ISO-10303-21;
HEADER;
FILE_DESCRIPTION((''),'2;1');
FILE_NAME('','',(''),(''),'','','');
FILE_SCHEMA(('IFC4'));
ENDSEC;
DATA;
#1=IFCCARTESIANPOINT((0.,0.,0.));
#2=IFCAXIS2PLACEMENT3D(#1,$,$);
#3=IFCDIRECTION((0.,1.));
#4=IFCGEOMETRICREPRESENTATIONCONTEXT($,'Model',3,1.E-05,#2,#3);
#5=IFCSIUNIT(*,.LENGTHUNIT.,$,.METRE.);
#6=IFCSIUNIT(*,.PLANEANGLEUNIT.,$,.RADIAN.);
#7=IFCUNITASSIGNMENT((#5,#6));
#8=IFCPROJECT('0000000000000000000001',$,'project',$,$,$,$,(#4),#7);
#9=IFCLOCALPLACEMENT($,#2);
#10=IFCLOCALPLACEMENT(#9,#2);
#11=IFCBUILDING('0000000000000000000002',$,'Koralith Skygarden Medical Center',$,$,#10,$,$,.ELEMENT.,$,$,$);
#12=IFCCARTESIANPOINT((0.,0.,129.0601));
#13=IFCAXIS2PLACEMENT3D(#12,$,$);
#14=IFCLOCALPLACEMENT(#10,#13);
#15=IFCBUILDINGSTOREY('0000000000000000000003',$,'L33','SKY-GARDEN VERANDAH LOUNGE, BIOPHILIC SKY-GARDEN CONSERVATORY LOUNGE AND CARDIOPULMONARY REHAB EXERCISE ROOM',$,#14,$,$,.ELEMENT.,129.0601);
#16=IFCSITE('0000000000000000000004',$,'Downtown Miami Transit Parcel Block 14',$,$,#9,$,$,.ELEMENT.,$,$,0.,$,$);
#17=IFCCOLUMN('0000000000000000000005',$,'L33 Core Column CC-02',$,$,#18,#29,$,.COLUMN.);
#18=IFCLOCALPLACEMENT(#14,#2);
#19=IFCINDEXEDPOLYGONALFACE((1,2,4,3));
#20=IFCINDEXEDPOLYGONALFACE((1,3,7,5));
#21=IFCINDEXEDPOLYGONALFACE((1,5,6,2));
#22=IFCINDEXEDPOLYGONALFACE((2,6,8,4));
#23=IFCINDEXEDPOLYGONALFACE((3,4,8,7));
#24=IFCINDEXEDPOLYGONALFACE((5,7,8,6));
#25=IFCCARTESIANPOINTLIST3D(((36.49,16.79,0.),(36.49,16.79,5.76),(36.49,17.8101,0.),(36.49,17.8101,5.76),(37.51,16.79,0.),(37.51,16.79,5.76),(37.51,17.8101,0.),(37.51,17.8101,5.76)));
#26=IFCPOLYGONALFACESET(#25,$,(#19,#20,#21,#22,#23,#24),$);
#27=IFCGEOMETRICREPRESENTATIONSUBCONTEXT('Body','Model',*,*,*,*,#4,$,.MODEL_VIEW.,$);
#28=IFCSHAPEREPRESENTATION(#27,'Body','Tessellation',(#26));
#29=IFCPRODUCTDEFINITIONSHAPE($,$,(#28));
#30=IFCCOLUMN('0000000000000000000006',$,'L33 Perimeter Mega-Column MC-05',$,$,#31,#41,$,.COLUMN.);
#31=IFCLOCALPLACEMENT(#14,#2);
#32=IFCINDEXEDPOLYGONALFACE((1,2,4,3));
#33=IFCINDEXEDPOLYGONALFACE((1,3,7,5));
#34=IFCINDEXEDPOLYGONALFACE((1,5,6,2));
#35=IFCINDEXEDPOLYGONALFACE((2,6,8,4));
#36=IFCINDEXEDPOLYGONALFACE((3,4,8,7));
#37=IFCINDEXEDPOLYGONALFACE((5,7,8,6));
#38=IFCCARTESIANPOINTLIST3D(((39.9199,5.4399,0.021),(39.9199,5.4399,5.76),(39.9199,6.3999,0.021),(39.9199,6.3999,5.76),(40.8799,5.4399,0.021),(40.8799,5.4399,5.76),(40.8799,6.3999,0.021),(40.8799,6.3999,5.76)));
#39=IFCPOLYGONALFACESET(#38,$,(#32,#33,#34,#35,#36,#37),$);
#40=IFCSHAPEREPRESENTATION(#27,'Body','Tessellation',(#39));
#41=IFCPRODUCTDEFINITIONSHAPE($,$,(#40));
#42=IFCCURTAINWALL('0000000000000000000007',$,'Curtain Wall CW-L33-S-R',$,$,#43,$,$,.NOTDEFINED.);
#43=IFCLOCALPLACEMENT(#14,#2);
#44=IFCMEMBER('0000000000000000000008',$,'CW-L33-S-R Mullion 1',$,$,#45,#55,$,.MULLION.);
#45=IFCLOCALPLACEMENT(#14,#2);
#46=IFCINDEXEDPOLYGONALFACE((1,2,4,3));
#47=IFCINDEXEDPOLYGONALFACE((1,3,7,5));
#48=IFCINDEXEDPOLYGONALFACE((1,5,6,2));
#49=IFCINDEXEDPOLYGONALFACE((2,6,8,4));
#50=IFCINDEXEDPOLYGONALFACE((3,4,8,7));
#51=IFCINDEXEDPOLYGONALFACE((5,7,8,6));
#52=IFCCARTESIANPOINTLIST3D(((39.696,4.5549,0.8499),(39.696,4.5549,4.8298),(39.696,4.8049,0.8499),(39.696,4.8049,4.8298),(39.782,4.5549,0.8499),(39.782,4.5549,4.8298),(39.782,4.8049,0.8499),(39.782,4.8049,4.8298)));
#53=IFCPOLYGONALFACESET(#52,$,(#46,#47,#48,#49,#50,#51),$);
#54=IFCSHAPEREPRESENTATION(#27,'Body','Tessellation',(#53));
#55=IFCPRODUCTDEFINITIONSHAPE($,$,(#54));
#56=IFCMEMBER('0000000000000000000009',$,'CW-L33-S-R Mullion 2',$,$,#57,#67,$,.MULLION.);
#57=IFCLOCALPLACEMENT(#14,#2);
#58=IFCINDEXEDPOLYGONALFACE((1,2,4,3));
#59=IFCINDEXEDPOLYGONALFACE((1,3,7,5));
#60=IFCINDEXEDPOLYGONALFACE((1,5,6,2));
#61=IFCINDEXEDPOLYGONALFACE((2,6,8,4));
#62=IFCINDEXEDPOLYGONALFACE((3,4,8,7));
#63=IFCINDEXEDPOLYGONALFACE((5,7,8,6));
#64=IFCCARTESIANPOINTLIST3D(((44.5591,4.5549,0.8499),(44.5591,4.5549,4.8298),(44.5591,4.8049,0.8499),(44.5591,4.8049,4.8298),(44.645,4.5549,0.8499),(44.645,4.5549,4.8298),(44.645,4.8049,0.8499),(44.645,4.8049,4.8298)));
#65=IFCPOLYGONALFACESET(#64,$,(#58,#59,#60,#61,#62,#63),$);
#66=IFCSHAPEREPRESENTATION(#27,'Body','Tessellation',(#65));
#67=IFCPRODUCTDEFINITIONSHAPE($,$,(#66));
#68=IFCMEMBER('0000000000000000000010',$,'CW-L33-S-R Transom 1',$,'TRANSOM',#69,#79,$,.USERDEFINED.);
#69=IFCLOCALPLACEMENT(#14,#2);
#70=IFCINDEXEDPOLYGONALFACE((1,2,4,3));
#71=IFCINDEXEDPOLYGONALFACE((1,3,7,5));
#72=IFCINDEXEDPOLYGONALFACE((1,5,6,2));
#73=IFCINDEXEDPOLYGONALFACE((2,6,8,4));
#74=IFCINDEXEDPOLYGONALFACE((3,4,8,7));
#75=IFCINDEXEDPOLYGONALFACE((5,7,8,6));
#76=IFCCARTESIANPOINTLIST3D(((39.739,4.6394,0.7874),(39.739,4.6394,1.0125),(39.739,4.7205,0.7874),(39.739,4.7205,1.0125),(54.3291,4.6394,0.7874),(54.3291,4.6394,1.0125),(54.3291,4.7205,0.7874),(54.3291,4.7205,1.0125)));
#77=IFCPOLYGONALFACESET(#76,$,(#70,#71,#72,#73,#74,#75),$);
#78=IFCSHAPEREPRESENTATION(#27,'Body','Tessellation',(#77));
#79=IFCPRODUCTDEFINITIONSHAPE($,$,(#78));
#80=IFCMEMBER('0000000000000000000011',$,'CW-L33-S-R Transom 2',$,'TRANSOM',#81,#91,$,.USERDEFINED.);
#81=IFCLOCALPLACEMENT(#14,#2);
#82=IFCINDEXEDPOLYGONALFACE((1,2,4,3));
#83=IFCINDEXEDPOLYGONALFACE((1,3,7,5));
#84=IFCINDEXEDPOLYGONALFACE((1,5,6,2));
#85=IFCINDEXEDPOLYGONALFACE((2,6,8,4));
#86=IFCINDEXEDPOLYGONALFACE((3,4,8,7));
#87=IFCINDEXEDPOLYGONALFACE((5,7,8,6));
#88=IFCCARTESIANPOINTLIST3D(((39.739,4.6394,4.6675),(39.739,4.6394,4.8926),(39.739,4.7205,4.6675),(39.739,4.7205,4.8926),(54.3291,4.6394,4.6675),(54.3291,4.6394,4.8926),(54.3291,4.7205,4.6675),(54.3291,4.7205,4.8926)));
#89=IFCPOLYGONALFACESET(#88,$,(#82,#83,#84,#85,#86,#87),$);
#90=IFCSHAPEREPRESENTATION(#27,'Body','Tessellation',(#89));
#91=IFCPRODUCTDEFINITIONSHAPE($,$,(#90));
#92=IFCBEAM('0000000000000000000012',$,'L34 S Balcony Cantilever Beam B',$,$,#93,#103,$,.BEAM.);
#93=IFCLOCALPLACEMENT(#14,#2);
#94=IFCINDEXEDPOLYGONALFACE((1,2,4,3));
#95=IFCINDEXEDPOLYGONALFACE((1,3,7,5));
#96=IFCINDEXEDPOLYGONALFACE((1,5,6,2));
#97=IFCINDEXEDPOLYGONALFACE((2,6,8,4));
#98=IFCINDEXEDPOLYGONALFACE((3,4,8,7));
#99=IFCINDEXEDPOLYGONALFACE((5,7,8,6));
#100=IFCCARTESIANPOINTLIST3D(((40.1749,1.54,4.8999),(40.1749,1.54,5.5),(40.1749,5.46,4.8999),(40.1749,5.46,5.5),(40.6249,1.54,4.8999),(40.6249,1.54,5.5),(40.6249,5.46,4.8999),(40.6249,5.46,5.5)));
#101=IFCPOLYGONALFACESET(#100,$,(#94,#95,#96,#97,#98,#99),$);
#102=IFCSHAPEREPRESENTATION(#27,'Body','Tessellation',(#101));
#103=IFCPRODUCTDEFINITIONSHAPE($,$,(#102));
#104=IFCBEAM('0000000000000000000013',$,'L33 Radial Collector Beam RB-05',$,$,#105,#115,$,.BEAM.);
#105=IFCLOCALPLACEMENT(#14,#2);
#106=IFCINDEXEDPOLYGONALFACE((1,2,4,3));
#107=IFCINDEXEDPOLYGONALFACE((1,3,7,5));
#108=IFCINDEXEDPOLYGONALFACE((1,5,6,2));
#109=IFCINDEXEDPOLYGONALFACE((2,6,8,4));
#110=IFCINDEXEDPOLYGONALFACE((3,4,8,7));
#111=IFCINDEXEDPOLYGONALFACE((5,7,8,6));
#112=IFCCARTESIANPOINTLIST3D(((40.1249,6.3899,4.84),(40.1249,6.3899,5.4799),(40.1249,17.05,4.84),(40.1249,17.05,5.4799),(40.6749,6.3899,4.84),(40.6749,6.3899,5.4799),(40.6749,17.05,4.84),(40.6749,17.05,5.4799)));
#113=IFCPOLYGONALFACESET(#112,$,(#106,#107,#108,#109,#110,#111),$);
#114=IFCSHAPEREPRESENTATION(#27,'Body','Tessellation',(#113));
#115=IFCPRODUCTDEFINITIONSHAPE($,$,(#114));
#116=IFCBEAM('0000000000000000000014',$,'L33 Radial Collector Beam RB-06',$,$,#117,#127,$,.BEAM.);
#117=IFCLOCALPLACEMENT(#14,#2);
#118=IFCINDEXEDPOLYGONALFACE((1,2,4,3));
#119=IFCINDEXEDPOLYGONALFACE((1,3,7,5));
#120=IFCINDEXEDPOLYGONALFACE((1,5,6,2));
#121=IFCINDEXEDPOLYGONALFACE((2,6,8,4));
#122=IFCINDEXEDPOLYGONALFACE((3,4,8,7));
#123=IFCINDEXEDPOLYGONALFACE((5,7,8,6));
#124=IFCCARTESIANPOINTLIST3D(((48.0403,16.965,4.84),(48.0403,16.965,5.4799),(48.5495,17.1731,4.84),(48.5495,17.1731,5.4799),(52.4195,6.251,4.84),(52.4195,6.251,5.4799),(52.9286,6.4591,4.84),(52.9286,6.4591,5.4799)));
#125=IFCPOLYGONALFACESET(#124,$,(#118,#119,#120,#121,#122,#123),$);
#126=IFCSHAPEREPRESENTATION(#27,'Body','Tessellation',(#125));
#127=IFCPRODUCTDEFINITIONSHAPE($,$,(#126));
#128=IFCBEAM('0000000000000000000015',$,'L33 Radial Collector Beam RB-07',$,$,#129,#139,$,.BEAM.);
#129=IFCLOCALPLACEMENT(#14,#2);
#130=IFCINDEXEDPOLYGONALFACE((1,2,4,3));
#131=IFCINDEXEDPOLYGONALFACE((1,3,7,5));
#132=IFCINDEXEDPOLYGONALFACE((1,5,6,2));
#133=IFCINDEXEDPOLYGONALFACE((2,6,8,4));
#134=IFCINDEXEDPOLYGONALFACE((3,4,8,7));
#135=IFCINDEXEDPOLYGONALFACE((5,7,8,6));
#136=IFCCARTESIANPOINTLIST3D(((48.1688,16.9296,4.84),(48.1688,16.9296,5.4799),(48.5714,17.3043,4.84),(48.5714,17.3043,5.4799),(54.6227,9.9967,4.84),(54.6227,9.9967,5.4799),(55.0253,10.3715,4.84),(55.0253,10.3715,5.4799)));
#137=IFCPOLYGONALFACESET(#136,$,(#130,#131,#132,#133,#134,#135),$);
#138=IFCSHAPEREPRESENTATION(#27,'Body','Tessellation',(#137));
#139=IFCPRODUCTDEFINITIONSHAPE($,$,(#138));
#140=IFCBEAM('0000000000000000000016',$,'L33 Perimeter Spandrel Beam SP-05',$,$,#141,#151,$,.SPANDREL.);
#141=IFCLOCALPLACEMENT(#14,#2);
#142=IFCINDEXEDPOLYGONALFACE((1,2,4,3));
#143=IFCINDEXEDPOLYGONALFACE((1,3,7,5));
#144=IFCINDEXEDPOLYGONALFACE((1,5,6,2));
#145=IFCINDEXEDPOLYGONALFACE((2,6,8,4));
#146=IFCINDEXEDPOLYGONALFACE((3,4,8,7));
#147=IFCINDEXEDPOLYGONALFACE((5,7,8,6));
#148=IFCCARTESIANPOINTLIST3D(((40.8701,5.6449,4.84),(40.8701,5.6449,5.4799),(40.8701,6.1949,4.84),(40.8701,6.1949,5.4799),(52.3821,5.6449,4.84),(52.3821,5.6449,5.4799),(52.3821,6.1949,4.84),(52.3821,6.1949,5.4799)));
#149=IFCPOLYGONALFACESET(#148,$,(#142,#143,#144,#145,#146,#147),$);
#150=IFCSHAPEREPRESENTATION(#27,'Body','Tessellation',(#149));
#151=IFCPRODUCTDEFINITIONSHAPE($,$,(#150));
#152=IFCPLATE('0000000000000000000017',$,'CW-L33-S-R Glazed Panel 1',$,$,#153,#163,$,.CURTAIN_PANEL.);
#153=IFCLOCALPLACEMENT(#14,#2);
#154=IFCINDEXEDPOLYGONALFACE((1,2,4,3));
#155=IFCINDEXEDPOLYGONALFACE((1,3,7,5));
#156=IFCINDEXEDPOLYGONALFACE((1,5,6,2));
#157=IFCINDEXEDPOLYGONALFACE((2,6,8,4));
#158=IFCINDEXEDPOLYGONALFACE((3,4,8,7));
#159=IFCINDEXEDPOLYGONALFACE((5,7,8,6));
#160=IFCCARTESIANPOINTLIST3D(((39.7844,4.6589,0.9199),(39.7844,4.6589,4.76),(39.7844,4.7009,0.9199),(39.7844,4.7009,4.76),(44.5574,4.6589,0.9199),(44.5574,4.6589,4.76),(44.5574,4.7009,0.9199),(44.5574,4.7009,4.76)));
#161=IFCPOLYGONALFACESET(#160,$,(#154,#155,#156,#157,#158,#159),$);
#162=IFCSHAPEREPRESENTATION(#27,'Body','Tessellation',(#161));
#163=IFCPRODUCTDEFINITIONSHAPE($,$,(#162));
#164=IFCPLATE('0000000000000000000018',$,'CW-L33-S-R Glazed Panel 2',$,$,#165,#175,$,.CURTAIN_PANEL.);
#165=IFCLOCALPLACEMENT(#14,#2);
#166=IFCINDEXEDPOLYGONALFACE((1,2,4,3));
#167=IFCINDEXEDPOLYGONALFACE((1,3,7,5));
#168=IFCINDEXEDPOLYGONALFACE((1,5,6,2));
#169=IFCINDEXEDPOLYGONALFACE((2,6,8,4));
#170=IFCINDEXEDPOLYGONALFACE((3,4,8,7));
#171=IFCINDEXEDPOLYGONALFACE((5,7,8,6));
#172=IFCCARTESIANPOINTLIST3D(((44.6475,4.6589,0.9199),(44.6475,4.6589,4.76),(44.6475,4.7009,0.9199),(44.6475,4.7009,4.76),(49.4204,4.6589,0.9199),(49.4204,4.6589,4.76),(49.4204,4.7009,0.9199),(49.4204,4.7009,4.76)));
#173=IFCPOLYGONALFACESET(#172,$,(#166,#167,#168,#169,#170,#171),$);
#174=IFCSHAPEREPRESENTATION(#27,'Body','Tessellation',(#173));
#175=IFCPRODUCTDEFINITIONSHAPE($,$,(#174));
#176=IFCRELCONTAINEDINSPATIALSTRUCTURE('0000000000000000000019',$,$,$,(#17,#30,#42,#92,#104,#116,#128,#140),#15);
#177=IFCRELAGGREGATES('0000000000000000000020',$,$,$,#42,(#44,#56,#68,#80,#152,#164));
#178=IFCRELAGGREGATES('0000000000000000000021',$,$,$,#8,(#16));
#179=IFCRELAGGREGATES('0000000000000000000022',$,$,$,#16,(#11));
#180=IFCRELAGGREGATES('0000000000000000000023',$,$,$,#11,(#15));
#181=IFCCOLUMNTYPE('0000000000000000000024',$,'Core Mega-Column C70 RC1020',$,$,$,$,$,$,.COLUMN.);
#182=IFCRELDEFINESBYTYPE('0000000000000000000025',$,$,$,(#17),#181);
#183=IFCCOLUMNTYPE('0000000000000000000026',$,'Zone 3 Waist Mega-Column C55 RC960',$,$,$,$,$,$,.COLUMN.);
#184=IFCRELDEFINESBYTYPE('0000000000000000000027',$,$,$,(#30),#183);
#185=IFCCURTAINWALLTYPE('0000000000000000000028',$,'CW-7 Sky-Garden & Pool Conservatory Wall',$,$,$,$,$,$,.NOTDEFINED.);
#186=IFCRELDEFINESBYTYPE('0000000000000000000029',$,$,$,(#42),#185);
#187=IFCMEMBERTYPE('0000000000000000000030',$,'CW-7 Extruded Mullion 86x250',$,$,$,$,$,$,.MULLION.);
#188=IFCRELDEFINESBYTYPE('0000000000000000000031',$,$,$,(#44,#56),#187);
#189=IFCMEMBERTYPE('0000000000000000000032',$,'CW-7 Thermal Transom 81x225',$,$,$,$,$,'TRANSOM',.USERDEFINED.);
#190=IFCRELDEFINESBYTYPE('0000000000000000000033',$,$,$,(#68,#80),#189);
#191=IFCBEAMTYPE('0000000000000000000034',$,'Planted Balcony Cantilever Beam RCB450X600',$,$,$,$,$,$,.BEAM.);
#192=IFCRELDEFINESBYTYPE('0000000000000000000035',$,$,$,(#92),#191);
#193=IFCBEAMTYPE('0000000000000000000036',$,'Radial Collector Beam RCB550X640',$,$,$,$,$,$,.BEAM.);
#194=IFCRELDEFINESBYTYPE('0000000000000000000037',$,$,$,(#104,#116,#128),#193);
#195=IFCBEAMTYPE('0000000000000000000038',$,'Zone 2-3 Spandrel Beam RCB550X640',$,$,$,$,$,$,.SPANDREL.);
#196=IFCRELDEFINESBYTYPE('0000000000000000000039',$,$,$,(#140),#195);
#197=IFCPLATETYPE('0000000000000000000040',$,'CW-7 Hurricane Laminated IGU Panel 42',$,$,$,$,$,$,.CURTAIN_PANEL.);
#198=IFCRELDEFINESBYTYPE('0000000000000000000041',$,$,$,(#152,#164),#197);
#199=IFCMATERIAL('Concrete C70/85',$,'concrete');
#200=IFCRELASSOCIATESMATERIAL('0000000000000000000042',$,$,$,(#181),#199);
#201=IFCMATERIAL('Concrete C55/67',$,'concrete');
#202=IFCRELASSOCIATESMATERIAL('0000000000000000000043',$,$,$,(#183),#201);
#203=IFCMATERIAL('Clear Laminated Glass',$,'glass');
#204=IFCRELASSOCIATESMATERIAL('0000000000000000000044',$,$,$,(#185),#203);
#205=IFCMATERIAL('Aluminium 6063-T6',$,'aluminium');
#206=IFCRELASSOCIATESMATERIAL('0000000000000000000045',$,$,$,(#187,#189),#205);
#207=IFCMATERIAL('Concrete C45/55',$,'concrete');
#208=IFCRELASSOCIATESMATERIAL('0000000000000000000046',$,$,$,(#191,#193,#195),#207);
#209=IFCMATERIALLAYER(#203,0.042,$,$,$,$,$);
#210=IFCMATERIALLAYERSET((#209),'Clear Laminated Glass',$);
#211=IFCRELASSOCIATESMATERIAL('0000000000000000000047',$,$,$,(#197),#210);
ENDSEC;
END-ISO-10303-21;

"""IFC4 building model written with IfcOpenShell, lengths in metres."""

from ifc_helpers import new_model, si_unit, direction, frame, origin, origin_2d, place, context, subcontext, project, spatial, rectangle, extrude, material, layer, layer_set, material_profile, profile_set, type_object, element, aggregate, save


model = new_model("IFC4")

# Units and contexts
model_context = context("Model", 3, precision=1e-05, world=origin(), true_north=direction((0.0, 1.0)))
body_context = subcontext(model_context, "Body", "Model", "MODEL_VIEW")
ifc_project = project(units=[si_unit("LENGTHUNIT", "METRE"), si_unit("PLANEANGLEUNIT", "RADIAN")], contexts=[model_context])

# Site, building, storey
site_placement = place(None, origin())
site = spatial("IfcSite", under=ifc_project, at=site_placement, Name="Downtown Miami Transit Parcel Block 14", CompositionType="ELEMENT", RefElevation=0.0)
building_placement = place(site_placement, origin())
building = spatial("IfcBuilding", under=site, at=building_placement, Name="Koralith Skygarden Medical Center", CompositionType="ELEMENT")
storey_placement = place(building_placement, frame((0.0, 0.0, 129.0601)))
storey = spatial("IfcBuildingStorey", under=building, at=storey_placement, Name="L33", Description="SKY-GARDEN VERANDAH LOUNGE, BIOPHILIC SKY-GARDEN CONSERVATORY LOUNGE AND CARDIOPULMONARY REHAB EXERCISE ROOM", CompositionType="ELEMENT", Elevation=129.0601)

# Columns
ifc_material_1 = material(Name="Concrete C70/85", Category="concrete")
ifc_material_profile_1 = material_profile(ifc_material_1, rectangle(XDim=1.02, YDim=1.02, at=origin_2d()), Name="RC1020X1020")
ifc_profile_set_1 = profile_set([ifc_material_profile_1], Name="Concrete C70/85")
column_type_1 = type_object("IfcColumnType", Name="Core Mega-Column C70 RC1020", PredefinedType="COLUMN", material=ifc_profile_set_1)
column_1_placement = place(storey_placement, frame((37.0, 17.3, 0.0), z_axis=(0.0, 0.0, 1.0), x_axis=(1.0, 0.0, 0.0)))
element("IfcColumn", 1, at=column_1_placement, inside=storey, type_object=column_type_1, Name="L33 Core Column CC-02", PredefinedType="COLUMN", context=body_context, shape_type="SweptSolid", body=[
    extrude(rectangle(XDim=1.02, YDim=1.02, at=origin_2d()), origin(), (0.0, 0.0, 1.0), 5.76),
])
ifc_material_2 = material(Name="Concrete C55/67", Category="concrete")
ifc_material_profile_2 = material_profile(ifc_material_2, rectangle(XDim=0.96, YDim=0.96, at=origin_2d()), Name="RC960X960")
ifc_profile_set_2 = profile_set([ifc_material_profile_2], Name="Concrete C55/67")
column_type_2 = type_object("IfcColumnType", Name="Zone 3 Waist Mega-Column C55 RC960", PredefinedType="COLUMN", material=ifc_profile_set_2)
column_2_placement = place(storey_placement, frame((40.3999, 5.9199, 0.021), z_axis=(0.0, 0.0, 1.0), x_axis=(1.0, 0.0, 0.0)))
element("IfcColumn", 2, at=column_2_placement, inside=storey, type_object=column_type_2, Name="L33 Perimeter Mega-Column MC-05", PredefinedType="COLUMN", context=body_context, shape_type="SweptSolid", body=[
    extrude(rectangle(XDim=0.96, YDim=0.96, at=origin_2d()), origin(), (0.0, 0.0, 1.0), 5.739),
])

# Curtain wall, members
ifc_material_3 = material(Name="Clear Laminated Glass", Category="glass")
curtain_wall_type = type_object("IfcCurtainWallType", Name="CW-7 Sky-Garden & Pool Conservatory Wall", PredefinedType="NOTDEFINED", material=ifc_material_3)
curtain_wall_placement = place(storey_placement, origin())
curtain_wall = element("IfcCurtainWall", 3, at=curtain_wall_placement, inside=storey, type_object=curtain_wall_type, Name="Curtain Wall CW-L33-S-R", PredefinedType="NOTDEFINED")
ifc_material_4 = material(Name="Aluminium 6063-T6", Category="aluminium")
ifc_material_profile_3 = material_profile(ifc_material_4, rectangle(XDim=0.0859, YDim=0.25, at=origin_2d()), Name="MUL86X250")
ifc_profile_set_3 = profile_set([ifc_material_profile_3], Name="Aluminium 6063-T6")
member_type_1 = type_object("IfcMemberType", Name="CW-7 Extruded Mullion 86x250", PredefinedType="MULLION", material=ifc_profile_set_3)
member_1_placement = place(storey_placement, frame((39.739, 4.6799, 0.8499), z_axis=(0.0, 0.0, 1.0), x_axis=(1.0, 0.0, 0.0)))
member_1 = element("IfcMember", 4, at=member_1_placement, type_object=member_type_1, Name="CW-L33-S-R Mullion 1", PredefinedType="MULLION", context=body_context, shape_type="SweptSolid", body=[
    extrude(rectangle(XDim=0.0859, YDim=0.25, at=origin_2d()), origin(), (0.0, 0.0, 1.0), 3.98),
])
member_2_placement = place(storey_placement, frame((44.6021, 4.6799, 0.8499), z_axis=(0.0, 0.0, 1.0), x_axis=(1.0, 0.0, 0.0)))
member_2 = element("IfcMember", 5, at=member_2_placement, type_object=member_type_1, Name="CW-L33-S-R Mullion 2", PredefinedType="MULLION", context=body_context, shape_type="SweptSolid", body=[
    extrude(rectangle(XDim=0.0859, YDim=0.25, at=origin_2d()), origin(), (0.0, 0.0, 1.0), 3.98),
])
ifc_material_profile_4 = material_profile(ifc_material_4, rectangle(XDim=0.0811, YDim=0.2251, at=origin_2d()), Name="TRN81X225")
ifc_profile_set_4 = profile_set([ifc_material_profile_4], Name="Aluminium 6063-T6")
member_type_2 = type_object("IfcMemberType", Name="CW-7 Thermal Transom 81x225", ElementType="TRANSOM", PredefinedType="USERDEFINED", material=ifc_profile_set_4)
member_3_placement = place(storey_placement, frame((39.739, 4.6799, 0.8999), z_axis=(1.0, 0.0, 0.0), x_axis=(0.0, 1.0, 0.0)))
member_3 = element("IfcMember", 6, at=member_3_placement, type_object=member_type_2, Name="CW-L33-S-R Transom 1", ObjectType="TRANSOM", PredefinedType="USERDEFINED", context=body_context, shape_type="SweptSolid", body=[
    extrude(rectangle(XDim=0.0811, YDim=0.2251, at=origin_2d()), origin(), (0.0, 0.0, 1.0), 14.5901),
])
member_4_placement = place(storey_placement, frame((39.739, 4.6799, 4.78), z_axis=(1.0, 0.0, 0.0), x_axis=(0.0, 1.0, 0.0)))
member_4 = element("IfcMember", 7, at=member_4_placement, type_object=member_type_2, Name="CW-L33-S-R Transom 2", ObjectType="TRANSOM", PredefinedType="USERDEFINED", context=body_context, shape_type="SweptSolid", body=[
    extrude(rectangle(XDim=0.0811, YDim=0.2251, at=origin_2d()), origin(), (0.0, 0.0, 1.0), 14.5901),
])

# Beams
ifc_material_5 = material(Name="Concrete C45/55", Category="concrete")
ifc_material_profile_5 = material_profile(ifc_material_5, rectangle(XDim=0.45, YDim=0.6001, at=origin_2d()), Name="RCB450X600")
ifc_profile_set_5 = profile_set([ifc_material_profile_5], Name="Concrete C45/55")
beam_type_1 = type_object("IfcBeamType", Name="Planted Balcony Cantilever Beam RCB450X600", PredefinedType="BEAM", material=ifc_profile_set_5)
beam_1_placement = place(storey_placement, frame((40.3999, 5.46, 5.2), z_axis=(0.0, -1.0, 0.0), x_axis=(1.0, 0.0, 0.0)))
element("IfcBeam", 8, at=beam_1_placement, inside=storey, type_object=beam_type_1, Name="L34 S Balcony Cantilever Beam B", PredefinedType="BEAM", context=body_context, shape_type="SweptSolid", body=[
    extrude(rectangle(XDim=0.45, YDim=0.6001, at=origin_2d()), origin(), (0.0, 0.0, 1.0), 3.9199),
])
ifc_material_profile_6 = material_profile(ifc_material_5, rectangle(XDim=0.55, YDim=0.6399, at=origin_2d()), Name="RCB550X640")
ifc_profile_set_6 = profile_set([ifc_material_profile_6], Name="Concrete C45/55")
beam_type_2 = type_object("IfcBeamType", Name="Radial Collector Beam RCB550X640", PredefinedType="BEAM", material=ifc_profile_set_6)
beam_2_placement = place(storey_placement, frame((40.3999, 17.05, 5.1599), z_axis=(0.0, -1.0, 0.0), x_axis=(1.0, 0.0, 0.0)))
element("IfcBeam", 9, at=beam_2_placement, inside=storey, type_object=beam_type_2, Name="L33 Radial Collector Beam RB-05", PredefinedType="BEAM", context=body_context, shape_type="SweptSolid", body=[
    extrude(rectangle(XDim=0.55, YDim=0.6399, at=origin_2d()), origin(), (0.0, 0.0, 1.0), 10.6602),
])
beam_3_placement = place(storey_placement, frame((48.2949, 17.0691, 5.1599), z_axis=(0.378345, -0.925665, 0.0), x_axis=(0.925665, 0.378345, 0.0)))
element("IfcBeam", 10, at=beam_3_placement, inside=storey, type_object=beam_type_2, Name="L33 Radial Collector Beam RB-06", PredefinedType="BEAM", context=body_context, shape_type="SweptSolid", body=[
    extrude(rectangle(XDim=0.55, YDim=0.6399, at=origin_2d()), origin(), (0.0, 0.0, 1.0), 11.5745),
])
beam_4_placement = place(storey_placement, frame((48.3701, 17.1169, 5.1599), z_axis=(0.681369, -0.73194, 0.0), x_axis=(0.73194, 0.681369, 0.0)))
element("IfcBeam", 11, at=beam_4_placement, inside=storey, type_object=beam_type_2, Name="L33 Radial Collector Beam RB-07", PredefinedType="BEAM", context=body_context, shape_type="SweptSolid", body=[
    extrude(rectangle(XDim=0.55, YDim=0.6399, at=origin_2d()), origin(), (0.0, 0.0, 1.0), 9.4719),
])
ifc_material_profile_7 = material_profile(ifc_material_5, rectangle(XDim=0.55, YDim=0.6399, at=origin_2d()), Name="RCB550X640")
ifc_profile_set_7 = profile_set([ifc_material_profile_7], Name="Concrete C45/55")
beam_type_3 = type_object("IfcBeamType", Name="Zone 2-3 Spandrel Beam RCB550X640", PredefinedType="SPANDREL", material=ifc_profile_set_7)
beam_5_placement = place(storey_placement, frame((40.8701, 5.9199, 5.1599), z_axis=(1.0, 0.0, 0.0), x_axis=(0.0, 1.0, 0.0)))
element("IfcBeam", 12, at=beam_5_placement, inside=storey, type_object=beam_type_3, Name="L33 Perimeter Spandrel Beam SP-05", PredefinedType="SPANDREL", context=body_context, shape_type="SweptSolid", body=[
    extrude(rectangle(XDim=0.55, YDim=0.6399, at=origin_2d()), origin(), (0.0, 0.0, 1.0), 11.512),
])

# Plates
ifc_layer_1 = layer(ifc_material_3, 0.042)
ifc_layer_set_1 = layer_set([ifc_layer_1], Name="Clear Laminated Glass")
plate_type = type_object("IfcPlateType", Name="CW-7 Hurricane Laminated IGU Panel 42", PredefinedType="CURTAIN_PANEL", material=ifc_layer_set_1)
plate_1_placement = place(storey_placement, frame((42.1709, 4.6799, 0.9199), z_axis=(0.0, 0.0, 1.0), x_axis=(1.0, 0.0, 0.0)))
plate_1 = element("IfcPlate", 13, at=plate_1_placement, type_object=plate_type, Name="CW-L33-S-R Glazed Panel 1", PredefinedType="CURTAIN_PANEL", context=body_context, shape_type="SweptSolid", body=[
    extrude(rectangle(XDim=4.7729, YDim=0.042, at=origin_2d()), origin(), (0.0, 0.0, 1.0), 3.8401),
])
plate_2_placement = place(storey_placement, frame((47.0339, 4.6799, 0.9199), z_axis=(0.0, 0.0, 1.0), x_axis=(1.0, 0.0, 0.0)))
plate_2 = element("IfcPlate", 14, at=plate_2_placement, type_object=plate_type, Name="CW-L33-S-R Glazed Panel 2", PredefinedType="CURTAIN_PANEL", context=body_context, shape_type="SweptSolid", body=[
    extrude(rectangle(XDim=4.7729, YDim=0.042, at=origin_2d()), origin(), (0.0, 0.0, 1.0), 3.8401),
])
aggregate(curtain_wall, [member_1, member_2, member_3, member_4, plate_1, plate_2])

save(model, "model.ifc")
